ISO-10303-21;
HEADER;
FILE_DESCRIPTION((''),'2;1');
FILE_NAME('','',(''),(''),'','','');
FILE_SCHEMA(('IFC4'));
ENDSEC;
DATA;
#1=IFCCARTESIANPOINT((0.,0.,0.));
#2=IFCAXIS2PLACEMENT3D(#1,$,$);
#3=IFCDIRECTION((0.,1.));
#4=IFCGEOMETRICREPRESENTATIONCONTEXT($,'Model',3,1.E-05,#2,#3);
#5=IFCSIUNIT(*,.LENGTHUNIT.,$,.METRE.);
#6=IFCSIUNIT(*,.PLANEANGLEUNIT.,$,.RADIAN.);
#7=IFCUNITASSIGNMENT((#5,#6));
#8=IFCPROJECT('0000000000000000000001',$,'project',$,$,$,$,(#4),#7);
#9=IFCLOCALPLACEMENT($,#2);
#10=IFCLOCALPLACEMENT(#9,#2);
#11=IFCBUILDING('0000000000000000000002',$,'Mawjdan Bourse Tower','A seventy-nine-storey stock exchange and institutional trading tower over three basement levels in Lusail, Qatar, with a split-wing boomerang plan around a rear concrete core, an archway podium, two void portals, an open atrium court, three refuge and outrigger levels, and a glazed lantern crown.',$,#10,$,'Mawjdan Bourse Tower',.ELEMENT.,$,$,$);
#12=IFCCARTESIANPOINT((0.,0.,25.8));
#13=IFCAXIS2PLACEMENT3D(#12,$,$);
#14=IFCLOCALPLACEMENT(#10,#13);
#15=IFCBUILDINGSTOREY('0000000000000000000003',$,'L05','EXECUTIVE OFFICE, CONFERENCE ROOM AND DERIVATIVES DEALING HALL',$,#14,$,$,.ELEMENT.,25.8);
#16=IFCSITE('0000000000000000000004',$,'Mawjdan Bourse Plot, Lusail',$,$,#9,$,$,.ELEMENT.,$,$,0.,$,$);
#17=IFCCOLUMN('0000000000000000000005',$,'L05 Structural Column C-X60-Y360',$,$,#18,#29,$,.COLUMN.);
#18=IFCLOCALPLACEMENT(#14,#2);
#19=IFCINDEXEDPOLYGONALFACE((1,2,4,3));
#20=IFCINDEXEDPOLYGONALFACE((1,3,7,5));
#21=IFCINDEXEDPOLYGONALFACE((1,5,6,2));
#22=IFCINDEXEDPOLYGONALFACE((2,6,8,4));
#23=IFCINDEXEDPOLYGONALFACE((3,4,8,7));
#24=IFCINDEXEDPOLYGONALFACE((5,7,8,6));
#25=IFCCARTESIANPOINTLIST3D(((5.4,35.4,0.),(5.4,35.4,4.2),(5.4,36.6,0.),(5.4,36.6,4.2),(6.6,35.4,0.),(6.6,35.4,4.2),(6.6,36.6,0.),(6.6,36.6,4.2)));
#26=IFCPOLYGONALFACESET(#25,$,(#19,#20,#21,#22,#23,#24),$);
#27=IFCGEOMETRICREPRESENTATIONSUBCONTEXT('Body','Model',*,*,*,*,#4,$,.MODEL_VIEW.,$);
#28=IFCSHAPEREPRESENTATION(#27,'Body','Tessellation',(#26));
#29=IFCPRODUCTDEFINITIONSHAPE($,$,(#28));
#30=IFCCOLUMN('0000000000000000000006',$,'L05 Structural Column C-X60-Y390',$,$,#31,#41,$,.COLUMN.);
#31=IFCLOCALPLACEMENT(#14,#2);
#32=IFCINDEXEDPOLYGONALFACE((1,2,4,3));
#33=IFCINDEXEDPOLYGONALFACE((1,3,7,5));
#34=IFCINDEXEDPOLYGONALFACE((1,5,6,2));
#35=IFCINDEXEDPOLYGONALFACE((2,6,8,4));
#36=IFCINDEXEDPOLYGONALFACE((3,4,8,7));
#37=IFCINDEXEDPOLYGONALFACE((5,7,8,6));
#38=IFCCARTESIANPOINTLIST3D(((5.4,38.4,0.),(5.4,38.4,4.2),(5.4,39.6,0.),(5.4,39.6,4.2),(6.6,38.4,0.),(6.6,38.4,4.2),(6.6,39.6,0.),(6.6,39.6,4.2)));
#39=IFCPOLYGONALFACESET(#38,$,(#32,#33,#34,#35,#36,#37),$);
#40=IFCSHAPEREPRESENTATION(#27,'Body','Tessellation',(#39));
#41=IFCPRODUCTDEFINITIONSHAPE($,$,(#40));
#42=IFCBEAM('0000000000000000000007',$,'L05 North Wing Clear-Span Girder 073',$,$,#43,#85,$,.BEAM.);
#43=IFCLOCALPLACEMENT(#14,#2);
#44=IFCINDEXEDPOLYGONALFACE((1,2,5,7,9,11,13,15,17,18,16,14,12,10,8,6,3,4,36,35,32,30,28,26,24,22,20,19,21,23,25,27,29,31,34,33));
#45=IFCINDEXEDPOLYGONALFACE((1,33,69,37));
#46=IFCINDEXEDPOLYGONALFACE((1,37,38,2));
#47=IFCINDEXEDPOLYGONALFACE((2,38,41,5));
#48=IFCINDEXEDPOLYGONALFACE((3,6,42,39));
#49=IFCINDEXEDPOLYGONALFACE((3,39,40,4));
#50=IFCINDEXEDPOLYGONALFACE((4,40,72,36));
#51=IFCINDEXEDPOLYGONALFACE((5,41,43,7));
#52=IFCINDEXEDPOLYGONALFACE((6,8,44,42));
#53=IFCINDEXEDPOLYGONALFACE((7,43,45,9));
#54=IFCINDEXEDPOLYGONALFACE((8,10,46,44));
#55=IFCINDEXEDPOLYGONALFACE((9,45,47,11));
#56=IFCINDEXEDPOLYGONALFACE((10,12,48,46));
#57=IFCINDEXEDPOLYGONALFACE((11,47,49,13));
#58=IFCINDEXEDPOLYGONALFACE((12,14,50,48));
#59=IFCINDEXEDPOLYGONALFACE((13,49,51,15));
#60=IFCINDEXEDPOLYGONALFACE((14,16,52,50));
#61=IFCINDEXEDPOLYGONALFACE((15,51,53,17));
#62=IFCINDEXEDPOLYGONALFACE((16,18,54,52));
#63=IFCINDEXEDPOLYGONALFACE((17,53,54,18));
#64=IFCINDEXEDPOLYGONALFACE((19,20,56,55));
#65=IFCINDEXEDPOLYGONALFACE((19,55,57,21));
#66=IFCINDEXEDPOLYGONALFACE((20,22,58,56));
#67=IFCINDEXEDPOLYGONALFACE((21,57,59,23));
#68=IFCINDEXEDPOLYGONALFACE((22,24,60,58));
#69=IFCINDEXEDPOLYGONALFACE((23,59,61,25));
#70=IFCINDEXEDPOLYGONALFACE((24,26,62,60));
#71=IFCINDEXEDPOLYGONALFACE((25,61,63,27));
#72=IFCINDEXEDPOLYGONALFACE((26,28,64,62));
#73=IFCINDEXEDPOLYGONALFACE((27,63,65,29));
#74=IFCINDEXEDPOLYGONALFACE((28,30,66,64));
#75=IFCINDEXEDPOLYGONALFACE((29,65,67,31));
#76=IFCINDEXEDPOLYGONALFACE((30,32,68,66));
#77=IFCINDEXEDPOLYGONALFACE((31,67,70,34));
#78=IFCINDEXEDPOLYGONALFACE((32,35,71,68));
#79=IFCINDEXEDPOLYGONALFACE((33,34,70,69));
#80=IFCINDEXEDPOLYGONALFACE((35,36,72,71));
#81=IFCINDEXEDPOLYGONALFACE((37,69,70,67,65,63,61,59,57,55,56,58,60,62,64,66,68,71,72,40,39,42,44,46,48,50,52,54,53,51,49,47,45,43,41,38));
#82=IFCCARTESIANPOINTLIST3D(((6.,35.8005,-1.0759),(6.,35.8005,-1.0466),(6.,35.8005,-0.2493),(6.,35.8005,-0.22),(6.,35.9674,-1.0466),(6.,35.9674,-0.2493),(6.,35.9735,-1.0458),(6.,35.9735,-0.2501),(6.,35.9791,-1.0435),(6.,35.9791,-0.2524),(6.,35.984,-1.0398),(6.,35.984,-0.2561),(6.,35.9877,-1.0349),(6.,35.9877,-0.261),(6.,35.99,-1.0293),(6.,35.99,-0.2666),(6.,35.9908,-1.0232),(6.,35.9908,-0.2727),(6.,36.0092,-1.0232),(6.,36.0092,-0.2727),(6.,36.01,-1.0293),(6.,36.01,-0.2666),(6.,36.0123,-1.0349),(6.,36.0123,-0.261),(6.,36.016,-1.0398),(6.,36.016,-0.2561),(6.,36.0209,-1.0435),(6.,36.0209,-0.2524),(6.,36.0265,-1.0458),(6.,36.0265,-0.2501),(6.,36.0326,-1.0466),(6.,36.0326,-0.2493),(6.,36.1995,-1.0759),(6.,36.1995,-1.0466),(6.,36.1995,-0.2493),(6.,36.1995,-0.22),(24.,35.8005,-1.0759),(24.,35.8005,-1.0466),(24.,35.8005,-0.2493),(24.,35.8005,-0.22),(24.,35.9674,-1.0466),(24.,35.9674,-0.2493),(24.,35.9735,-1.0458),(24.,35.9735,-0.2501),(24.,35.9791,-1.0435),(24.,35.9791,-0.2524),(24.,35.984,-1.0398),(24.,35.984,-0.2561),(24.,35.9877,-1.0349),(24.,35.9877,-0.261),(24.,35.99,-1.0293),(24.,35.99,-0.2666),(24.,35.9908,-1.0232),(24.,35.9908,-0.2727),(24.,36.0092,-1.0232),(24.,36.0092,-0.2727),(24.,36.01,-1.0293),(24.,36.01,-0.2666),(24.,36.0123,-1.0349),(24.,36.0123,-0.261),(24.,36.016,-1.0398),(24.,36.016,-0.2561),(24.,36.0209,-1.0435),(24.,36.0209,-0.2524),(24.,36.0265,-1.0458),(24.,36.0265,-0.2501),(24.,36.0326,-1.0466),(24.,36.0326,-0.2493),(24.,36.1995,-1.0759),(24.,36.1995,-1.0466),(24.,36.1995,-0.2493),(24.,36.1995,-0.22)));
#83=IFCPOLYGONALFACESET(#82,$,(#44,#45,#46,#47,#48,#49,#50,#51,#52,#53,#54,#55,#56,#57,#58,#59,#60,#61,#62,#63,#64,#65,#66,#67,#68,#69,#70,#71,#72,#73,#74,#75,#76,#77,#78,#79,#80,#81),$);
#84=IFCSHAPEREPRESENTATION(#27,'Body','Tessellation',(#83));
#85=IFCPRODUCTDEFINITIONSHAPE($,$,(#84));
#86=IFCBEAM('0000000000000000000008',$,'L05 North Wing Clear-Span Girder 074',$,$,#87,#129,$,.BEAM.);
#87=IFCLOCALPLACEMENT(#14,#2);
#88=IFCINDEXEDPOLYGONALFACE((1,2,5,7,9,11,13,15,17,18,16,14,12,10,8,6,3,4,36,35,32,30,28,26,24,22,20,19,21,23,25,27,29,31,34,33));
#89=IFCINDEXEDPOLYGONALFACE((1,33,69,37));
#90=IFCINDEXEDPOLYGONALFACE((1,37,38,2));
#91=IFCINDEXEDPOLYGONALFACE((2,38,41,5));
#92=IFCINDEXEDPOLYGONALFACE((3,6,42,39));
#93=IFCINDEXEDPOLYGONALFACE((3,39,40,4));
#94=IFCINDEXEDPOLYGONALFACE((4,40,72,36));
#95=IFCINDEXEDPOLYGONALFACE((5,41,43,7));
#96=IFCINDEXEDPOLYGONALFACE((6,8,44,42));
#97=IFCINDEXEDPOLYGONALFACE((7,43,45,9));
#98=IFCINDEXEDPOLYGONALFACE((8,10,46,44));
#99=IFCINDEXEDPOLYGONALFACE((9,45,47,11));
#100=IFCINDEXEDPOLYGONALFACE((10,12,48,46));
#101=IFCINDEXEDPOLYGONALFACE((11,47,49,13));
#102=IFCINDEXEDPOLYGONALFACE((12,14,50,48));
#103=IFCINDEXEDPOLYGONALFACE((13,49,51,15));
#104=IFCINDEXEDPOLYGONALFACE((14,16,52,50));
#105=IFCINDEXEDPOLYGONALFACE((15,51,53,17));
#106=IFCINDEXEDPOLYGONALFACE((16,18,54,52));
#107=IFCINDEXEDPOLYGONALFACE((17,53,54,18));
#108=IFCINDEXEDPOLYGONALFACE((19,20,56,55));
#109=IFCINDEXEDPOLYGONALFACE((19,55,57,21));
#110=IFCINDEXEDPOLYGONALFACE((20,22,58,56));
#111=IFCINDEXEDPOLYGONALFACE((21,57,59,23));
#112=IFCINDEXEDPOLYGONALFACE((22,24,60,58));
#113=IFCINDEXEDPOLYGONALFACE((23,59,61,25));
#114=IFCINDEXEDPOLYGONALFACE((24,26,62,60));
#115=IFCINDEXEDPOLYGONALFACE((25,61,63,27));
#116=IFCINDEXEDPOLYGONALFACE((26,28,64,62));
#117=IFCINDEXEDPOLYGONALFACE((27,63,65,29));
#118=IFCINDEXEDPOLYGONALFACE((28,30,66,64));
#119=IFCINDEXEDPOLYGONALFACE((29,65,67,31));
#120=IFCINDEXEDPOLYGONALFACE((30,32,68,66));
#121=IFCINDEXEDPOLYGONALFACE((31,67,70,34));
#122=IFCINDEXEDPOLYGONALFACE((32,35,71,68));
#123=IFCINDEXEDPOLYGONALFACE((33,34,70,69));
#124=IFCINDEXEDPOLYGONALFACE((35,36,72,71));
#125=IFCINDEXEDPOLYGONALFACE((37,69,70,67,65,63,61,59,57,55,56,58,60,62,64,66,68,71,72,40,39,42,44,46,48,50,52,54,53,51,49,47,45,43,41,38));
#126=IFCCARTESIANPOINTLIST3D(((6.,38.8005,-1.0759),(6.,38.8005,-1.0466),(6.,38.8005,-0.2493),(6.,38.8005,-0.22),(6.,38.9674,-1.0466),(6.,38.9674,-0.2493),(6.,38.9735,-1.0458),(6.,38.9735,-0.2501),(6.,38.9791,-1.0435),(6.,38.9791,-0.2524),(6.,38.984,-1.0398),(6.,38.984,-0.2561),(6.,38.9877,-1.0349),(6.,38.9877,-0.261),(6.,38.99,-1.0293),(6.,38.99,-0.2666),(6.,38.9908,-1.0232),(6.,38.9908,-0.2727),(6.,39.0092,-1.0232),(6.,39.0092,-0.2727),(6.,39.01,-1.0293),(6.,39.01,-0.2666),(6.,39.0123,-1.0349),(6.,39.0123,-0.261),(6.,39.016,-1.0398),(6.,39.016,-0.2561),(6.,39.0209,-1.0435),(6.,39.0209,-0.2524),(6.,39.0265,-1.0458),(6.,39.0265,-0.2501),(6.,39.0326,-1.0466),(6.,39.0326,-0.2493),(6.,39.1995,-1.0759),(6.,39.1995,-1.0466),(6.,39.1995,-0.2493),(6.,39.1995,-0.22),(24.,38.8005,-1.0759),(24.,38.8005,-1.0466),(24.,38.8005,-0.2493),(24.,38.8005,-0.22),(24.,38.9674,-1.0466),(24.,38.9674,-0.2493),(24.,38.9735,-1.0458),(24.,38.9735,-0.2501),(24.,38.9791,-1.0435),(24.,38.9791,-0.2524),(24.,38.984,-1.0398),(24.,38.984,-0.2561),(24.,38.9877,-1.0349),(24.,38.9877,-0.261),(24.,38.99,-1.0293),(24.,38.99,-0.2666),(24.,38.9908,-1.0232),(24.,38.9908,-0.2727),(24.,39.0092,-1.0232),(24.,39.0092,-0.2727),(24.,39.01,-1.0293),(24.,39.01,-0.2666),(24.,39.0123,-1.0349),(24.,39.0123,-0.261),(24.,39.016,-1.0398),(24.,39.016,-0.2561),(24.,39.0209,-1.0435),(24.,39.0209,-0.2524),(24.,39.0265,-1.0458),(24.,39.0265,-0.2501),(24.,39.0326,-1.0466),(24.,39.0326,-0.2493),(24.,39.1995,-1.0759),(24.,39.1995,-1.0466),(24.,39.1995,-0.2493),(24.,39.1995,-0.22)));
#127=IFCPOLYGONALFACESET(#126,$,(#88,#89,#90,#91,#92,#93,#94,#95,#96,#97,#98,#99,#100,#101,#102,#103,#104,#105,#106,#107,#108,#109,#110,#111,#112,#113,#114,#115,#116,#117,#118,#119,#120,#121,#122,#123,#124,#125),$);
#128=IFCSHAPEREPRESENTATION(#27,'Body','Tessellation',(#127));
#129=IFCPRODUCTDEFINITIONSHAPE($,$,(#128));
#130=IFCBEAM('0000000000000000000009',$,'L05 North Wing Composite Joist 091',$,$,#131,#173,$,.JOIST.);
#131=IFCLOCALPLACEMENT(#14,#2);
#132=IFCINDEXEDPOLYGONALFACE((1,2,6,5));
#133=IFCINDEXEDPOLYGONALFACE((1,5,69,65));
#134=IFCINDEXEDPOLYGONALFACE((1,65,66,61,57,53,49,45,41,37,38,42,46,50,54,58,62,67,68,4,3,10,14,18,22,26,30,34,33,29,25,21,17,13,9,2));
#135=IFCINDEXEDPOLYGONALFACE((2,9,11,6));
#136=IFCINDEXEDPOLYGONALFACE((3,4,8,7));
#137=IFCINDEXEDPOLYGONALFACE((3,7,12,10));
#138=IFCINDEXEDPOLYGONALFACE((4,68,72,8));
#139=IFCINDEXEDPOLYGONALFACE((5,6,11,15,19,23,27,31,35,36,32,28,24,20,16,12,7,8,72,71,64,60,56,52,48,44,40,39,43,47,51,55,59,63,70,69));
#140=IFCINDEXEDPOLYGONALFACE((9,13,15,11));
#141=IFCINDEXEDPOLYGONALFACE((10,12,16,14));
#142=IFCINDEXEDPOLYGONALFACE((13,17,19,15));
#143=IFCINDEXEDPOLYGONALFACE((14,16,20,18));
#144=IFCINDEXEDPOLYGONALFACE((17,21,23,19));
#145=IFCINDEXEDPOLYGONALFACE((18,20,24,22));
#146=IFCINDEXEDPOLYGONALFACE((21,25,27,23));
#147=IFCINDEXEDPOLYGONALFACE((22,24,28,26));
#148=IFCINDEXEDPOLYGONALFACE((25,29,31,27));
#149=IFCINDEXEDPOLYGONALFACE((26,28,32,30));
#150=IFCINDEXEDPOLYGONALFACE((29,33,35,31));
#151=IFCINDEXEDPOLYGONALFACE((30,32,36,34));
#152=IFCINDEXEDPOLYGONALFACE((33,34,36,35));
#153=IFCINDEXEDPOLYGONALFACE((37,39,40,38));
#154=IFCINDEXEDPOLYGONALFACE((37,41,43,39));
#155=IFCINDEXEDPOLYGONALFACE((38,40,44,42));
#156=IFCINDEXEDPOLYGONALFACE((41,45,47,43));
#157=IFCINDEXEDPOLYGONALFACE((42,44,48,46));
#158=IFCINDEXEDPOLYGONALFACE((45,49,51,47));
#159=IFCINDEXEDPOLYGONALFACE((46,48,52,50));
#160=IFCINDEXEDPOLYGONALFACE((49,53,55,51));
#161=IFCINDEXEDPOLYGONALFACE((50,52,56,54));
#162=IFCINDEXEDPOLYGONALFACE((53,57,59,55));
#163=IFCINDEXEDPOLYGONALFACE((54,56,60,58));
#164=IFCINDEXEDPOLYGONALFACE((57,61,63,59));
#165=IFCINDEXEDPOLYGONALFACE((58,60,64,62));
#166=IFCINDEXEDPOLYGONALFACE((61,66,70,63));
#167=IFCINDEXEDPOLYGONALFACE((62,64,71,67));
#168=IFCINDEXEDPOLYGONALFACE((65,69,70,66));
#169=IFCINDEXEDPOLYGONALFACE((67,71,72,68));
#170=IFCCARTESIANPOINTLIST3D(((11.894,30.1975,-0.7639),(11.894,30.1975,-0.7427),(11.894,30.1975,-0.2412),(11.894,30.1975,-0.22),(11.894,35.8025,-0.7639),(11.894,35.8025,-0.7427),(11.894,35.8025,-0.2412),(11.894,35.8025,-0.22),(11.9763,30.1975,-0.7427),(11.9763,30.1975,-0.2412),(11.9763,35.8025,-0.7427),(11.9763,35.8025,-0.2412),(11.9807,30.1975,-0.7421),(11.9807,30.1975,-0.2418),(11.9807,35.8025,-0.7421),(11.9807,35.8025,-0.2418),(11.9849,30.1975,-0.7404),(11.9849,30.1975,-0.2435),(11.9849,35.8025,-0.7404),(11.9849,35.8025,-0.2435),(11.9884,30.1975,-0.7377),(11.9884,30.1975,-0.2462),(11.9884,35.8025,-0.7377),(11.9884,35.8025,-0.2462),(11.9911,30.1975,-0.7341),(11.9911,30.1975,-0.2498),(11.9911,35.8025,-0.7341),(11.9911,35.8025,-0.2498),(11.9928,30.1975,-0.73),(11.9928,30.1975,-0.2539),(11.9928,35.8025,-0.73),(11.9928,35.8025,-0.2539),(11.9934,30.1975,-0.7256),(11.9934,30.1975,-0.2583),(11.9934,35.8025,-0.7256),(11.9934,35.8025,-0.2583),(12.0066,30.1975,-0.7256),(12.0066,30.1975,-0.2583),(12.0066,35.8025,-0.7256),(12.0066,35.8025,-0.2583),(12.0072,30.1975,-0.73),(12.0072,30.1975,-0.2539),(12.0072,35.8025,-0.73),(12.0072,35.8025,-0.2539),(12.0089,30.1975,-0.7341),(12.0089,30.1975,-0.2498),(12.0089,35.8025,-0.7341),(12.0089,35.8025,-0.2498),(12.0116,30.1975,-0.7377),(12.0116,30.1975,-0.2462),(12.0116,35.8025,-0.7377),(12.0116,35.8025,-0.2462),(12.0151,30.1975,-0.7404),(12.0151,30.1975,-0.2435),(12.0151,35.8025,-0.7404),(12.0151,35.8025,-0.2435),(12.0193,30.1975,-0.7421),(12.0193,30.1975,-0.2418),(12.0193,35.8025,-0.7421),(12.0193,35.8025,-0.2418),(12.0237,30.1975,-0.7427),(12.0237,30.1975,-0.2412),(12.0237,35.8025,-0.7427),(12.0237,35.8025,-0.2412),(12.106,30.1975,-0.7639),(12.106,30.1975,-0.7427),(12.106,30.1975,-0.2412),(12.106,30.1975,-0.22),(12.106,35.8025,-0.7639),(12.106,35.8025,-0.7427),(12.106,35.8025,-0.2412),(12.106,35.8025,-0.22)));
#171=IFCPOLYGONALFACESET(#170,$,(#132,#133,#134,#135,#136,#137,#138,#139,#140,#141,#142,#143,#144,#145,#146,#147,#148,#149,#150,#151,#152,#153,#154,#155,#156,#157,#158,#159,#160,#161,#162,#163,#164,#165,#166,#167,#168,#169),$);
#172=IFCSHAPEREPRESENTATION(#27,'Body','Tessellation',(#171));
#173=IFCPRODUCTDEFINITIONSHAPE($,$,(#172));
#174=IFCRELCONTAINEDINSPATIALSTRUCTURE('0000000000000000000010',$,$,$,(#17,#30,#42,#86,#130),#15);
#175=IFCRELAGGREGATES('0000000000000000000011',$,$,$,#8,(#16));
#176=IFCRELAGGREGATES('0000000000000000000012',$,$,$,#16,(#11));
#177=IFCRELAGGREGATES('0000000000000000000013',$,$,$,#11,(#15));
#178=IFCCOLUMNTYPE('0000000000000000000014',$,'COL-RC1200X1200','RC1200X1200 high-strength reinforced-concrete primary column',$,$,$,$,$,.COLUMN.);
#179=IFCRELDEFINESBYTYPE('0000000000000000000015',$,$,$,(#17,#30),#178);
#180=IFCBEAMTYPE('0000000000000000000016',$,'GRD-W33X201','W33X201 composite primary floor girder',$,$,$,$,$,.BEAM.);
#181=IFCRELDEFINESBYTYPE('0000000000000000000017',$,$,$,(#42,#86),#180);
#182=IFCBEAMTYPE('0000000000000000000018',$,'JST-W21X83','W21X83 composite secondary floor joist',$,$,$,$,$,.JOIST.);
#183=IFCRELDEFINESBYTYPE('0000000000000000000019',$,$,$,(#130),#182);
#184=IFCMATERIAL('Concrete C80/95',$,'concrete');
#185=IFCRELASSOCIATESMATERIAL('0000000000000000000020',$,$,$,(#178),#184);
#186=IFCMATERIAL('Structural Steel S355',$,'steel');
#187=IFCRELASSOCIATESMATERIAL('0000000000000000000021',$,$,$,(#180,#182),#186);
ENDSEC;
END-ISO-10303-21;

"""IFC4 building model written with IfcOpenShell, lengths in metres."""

from ifc_helpers import new_model, si_unit, direction, frame, origin, origin_2d, place, context, subcontext, project, spatial, rectangle, i_section, extrude, material, material_profile, profile_set, type_object, element, save


model = new_model("IFC4")

# Units and contexts
model_context = context("Model", 3, precision=1e-05, world=origin(), true_north=direction((0.0, 1.0)))
body_context = subcontext(model_context, "Body", "Model", "MODEL_VIEW")
ifc_project = project(units=[si_unit("LENGTHUNIT", "METRE"), si_unit("PLANEANGLEUNIT", "RADIAN")], contexts=[model_context])

# Site, building, storey
site_placement = place(None, origin())
site = spatial("IfcSite", under=ifc_project, at=site_placement, Name="Mawjdan Bourse Plot, Lusail", CompositionType="ELEMENT", RefElevation=0.0)
building_placement = place(site_placement, origin())
building = spatial("IfcBuilding", under=site, at=building_placement, Name="Mawjdan Bourse Tower", Description="A seventy-nine-storey stock exchange and institutional trading tower over three basement levels in Lusail, Qatar, with a split-wing boomerang plan around a rear concrete core, an archway podium, two void portals, an open atrium court, three refuge and outrigger levels, and a glazed lantern crown.", LongName="Mawjdan Bourse Tower", CompositionType="ELEMENT")
storey_placement = place(building_placement, frame((0.0, 0.0, 25.8)))
storey = spatial("IfcBuildingStorey", under=building, at=storey_placement, Name="L05", Description="EXECUTIVE OFFICE, CONFERENCE ROOM AND DERIVATIVES DEALING HALL", CompositionType="ELEMENT", Elevation=25.8)

# Columns
ifc_material_1 = material(Name="Concrete C80/95", Category="concrete")
ifc_material_profile_1 = material_profile(ifc_material_1, rectangle(XDim=1.2, YDim=1.2, at=origin_2d()), Name="RC1200X1200")
ifc_profile_set_1 = profile_set([ifc_material_profile_1], Name="Concrete C80/95")
column_type = type_object("IfcColumnType", Name="COL-RC1200X1200", Description="RC1200X1200 high-strength reinforced-concrete primary column", PredefinedType="COLUMN", material=ifc_profile_set_1)
for number, where, z_axis, x_axis, name in (
    (1, (6.0, 36.0, 0.0), (0.0, 0.0, 1.0), (1.0, 0.0, 0.0), "L05 Structural Column C-X60-Y360"),
    (2, (6.0, 39.0, 0.0), (0.0, 0.0, 1.0), (1.0, 0.0, 0.0), "L05 Structural Column C-X60-Y390"),
):
    element("IfcColumn", number, at=place(storey_placement, frame(where, z_axis=z_axis, x_axis=x_axis)), inside=storey, type_object=column_type, Name=name, PredefinedType="COLUMN", context=body_context, shape_type="SweptSolid", body=[
        extrude(rectangle(XDim=1.2, YDim=1.2, at=origin_2d()), origin(), (0.0, 0.0, 1.0), 4.2),
    ])

# Beams
ifc_material_2 = material(Name="Structural Steel S355", Category="steel")
ifc_material_profile_2 = material_profile(ifc_material_2, i_section(OverallWidth=0.3989, OverallDepth=0.856, WebThickness=0.0183, FlangeThickness=0.0293, FilletRadius=0.0234, at=origin_2d()), Name="W33X201")
ifc_profile_set_2 = profile_set([ifc_material_profile_2], Name="Structural Steel S355")
beam_type_1 = type_object("IfcBeamType", Name="GRD-W33X201", Description="W33X201 composite primary floor girder", PredefinedType="BEAM", material=ifc_profile_set_2)
for number, where, z_axis, x_axis, name in (
    (3, (6.0, 36.0, -0.6479), (1.0, 0.0, 0.0), (0.0, 1.0, 0.0), "L05 North Wing Clear-Span Girder 073"),
    (4, (6.0, 39.0, -0.6479), (1.0, 0.0, 0.0), (0.0, 1.0, 0.0), "L05 North Wing Clear-Span Girder 074"),
):
    element("IfcBeam", number, at=place(storey_placement, frame(where, z_axis=z_axis, x_axis=x_axis)), inside=storey, type_object=beam_type_1, Name=name, PredefinedType="BEAM", context=body_context, shape_type="SweptSolid", body=[
        extrude(i_section(OverallWidth=0.3989, OverallDepth=0.856, WebThickness=0.0183, FlangeThickness=0.0293, FilletRadius=0.0234, at=origin_2d()), origin(), (0.0, 0.0, 1.0), 18.0),
    ])
ifc_material_profile_3 = material_profile(ifc_material_2, i_section(OverallWidth=0.2119, OverallDepth=0.5439, WebThickness=0.0132, FlangeThickness=0.0212, FilletRadius=0.0171, at=origin_2d()), Name="W21X83")
ifc_profile_set_3 = profile_set([ifc_material_profile_3], Name="Structural Steel S355")
beam_type_2 = type_object("IfcBeamType", Name="JST-W21X83", Description="W21X83 composite secondary floor joist", PredefinedType="JOIST", material=ifc_profile_set_3)
beam_1_placement = place(storey_placement, frame((12.0, 30.1975, -0.4919), z_axis=(0.0, 1.0, 0.0), x_axis=(-1.0, 0.0, 0.0)))
element("IfcBeam", 5, at=beam_1_placement, inside=storey, type_object=beam_type_2, Name="L05 North Wing Composite Joist 091", PredefinedType="JOIST", context=body_context, shape_type="SweptSolid", body=[
    extrude(i_section(OverallWidth=0.2119, OverallDepth=0.5439, WebThickness=0.0132, FlangeThickness=0.0212, FilletRadius=0.0171, at=origin_2d()), origin(), (0.0, 0.0, 1.0), 5.605),
])

save(model, "model.ifc")
